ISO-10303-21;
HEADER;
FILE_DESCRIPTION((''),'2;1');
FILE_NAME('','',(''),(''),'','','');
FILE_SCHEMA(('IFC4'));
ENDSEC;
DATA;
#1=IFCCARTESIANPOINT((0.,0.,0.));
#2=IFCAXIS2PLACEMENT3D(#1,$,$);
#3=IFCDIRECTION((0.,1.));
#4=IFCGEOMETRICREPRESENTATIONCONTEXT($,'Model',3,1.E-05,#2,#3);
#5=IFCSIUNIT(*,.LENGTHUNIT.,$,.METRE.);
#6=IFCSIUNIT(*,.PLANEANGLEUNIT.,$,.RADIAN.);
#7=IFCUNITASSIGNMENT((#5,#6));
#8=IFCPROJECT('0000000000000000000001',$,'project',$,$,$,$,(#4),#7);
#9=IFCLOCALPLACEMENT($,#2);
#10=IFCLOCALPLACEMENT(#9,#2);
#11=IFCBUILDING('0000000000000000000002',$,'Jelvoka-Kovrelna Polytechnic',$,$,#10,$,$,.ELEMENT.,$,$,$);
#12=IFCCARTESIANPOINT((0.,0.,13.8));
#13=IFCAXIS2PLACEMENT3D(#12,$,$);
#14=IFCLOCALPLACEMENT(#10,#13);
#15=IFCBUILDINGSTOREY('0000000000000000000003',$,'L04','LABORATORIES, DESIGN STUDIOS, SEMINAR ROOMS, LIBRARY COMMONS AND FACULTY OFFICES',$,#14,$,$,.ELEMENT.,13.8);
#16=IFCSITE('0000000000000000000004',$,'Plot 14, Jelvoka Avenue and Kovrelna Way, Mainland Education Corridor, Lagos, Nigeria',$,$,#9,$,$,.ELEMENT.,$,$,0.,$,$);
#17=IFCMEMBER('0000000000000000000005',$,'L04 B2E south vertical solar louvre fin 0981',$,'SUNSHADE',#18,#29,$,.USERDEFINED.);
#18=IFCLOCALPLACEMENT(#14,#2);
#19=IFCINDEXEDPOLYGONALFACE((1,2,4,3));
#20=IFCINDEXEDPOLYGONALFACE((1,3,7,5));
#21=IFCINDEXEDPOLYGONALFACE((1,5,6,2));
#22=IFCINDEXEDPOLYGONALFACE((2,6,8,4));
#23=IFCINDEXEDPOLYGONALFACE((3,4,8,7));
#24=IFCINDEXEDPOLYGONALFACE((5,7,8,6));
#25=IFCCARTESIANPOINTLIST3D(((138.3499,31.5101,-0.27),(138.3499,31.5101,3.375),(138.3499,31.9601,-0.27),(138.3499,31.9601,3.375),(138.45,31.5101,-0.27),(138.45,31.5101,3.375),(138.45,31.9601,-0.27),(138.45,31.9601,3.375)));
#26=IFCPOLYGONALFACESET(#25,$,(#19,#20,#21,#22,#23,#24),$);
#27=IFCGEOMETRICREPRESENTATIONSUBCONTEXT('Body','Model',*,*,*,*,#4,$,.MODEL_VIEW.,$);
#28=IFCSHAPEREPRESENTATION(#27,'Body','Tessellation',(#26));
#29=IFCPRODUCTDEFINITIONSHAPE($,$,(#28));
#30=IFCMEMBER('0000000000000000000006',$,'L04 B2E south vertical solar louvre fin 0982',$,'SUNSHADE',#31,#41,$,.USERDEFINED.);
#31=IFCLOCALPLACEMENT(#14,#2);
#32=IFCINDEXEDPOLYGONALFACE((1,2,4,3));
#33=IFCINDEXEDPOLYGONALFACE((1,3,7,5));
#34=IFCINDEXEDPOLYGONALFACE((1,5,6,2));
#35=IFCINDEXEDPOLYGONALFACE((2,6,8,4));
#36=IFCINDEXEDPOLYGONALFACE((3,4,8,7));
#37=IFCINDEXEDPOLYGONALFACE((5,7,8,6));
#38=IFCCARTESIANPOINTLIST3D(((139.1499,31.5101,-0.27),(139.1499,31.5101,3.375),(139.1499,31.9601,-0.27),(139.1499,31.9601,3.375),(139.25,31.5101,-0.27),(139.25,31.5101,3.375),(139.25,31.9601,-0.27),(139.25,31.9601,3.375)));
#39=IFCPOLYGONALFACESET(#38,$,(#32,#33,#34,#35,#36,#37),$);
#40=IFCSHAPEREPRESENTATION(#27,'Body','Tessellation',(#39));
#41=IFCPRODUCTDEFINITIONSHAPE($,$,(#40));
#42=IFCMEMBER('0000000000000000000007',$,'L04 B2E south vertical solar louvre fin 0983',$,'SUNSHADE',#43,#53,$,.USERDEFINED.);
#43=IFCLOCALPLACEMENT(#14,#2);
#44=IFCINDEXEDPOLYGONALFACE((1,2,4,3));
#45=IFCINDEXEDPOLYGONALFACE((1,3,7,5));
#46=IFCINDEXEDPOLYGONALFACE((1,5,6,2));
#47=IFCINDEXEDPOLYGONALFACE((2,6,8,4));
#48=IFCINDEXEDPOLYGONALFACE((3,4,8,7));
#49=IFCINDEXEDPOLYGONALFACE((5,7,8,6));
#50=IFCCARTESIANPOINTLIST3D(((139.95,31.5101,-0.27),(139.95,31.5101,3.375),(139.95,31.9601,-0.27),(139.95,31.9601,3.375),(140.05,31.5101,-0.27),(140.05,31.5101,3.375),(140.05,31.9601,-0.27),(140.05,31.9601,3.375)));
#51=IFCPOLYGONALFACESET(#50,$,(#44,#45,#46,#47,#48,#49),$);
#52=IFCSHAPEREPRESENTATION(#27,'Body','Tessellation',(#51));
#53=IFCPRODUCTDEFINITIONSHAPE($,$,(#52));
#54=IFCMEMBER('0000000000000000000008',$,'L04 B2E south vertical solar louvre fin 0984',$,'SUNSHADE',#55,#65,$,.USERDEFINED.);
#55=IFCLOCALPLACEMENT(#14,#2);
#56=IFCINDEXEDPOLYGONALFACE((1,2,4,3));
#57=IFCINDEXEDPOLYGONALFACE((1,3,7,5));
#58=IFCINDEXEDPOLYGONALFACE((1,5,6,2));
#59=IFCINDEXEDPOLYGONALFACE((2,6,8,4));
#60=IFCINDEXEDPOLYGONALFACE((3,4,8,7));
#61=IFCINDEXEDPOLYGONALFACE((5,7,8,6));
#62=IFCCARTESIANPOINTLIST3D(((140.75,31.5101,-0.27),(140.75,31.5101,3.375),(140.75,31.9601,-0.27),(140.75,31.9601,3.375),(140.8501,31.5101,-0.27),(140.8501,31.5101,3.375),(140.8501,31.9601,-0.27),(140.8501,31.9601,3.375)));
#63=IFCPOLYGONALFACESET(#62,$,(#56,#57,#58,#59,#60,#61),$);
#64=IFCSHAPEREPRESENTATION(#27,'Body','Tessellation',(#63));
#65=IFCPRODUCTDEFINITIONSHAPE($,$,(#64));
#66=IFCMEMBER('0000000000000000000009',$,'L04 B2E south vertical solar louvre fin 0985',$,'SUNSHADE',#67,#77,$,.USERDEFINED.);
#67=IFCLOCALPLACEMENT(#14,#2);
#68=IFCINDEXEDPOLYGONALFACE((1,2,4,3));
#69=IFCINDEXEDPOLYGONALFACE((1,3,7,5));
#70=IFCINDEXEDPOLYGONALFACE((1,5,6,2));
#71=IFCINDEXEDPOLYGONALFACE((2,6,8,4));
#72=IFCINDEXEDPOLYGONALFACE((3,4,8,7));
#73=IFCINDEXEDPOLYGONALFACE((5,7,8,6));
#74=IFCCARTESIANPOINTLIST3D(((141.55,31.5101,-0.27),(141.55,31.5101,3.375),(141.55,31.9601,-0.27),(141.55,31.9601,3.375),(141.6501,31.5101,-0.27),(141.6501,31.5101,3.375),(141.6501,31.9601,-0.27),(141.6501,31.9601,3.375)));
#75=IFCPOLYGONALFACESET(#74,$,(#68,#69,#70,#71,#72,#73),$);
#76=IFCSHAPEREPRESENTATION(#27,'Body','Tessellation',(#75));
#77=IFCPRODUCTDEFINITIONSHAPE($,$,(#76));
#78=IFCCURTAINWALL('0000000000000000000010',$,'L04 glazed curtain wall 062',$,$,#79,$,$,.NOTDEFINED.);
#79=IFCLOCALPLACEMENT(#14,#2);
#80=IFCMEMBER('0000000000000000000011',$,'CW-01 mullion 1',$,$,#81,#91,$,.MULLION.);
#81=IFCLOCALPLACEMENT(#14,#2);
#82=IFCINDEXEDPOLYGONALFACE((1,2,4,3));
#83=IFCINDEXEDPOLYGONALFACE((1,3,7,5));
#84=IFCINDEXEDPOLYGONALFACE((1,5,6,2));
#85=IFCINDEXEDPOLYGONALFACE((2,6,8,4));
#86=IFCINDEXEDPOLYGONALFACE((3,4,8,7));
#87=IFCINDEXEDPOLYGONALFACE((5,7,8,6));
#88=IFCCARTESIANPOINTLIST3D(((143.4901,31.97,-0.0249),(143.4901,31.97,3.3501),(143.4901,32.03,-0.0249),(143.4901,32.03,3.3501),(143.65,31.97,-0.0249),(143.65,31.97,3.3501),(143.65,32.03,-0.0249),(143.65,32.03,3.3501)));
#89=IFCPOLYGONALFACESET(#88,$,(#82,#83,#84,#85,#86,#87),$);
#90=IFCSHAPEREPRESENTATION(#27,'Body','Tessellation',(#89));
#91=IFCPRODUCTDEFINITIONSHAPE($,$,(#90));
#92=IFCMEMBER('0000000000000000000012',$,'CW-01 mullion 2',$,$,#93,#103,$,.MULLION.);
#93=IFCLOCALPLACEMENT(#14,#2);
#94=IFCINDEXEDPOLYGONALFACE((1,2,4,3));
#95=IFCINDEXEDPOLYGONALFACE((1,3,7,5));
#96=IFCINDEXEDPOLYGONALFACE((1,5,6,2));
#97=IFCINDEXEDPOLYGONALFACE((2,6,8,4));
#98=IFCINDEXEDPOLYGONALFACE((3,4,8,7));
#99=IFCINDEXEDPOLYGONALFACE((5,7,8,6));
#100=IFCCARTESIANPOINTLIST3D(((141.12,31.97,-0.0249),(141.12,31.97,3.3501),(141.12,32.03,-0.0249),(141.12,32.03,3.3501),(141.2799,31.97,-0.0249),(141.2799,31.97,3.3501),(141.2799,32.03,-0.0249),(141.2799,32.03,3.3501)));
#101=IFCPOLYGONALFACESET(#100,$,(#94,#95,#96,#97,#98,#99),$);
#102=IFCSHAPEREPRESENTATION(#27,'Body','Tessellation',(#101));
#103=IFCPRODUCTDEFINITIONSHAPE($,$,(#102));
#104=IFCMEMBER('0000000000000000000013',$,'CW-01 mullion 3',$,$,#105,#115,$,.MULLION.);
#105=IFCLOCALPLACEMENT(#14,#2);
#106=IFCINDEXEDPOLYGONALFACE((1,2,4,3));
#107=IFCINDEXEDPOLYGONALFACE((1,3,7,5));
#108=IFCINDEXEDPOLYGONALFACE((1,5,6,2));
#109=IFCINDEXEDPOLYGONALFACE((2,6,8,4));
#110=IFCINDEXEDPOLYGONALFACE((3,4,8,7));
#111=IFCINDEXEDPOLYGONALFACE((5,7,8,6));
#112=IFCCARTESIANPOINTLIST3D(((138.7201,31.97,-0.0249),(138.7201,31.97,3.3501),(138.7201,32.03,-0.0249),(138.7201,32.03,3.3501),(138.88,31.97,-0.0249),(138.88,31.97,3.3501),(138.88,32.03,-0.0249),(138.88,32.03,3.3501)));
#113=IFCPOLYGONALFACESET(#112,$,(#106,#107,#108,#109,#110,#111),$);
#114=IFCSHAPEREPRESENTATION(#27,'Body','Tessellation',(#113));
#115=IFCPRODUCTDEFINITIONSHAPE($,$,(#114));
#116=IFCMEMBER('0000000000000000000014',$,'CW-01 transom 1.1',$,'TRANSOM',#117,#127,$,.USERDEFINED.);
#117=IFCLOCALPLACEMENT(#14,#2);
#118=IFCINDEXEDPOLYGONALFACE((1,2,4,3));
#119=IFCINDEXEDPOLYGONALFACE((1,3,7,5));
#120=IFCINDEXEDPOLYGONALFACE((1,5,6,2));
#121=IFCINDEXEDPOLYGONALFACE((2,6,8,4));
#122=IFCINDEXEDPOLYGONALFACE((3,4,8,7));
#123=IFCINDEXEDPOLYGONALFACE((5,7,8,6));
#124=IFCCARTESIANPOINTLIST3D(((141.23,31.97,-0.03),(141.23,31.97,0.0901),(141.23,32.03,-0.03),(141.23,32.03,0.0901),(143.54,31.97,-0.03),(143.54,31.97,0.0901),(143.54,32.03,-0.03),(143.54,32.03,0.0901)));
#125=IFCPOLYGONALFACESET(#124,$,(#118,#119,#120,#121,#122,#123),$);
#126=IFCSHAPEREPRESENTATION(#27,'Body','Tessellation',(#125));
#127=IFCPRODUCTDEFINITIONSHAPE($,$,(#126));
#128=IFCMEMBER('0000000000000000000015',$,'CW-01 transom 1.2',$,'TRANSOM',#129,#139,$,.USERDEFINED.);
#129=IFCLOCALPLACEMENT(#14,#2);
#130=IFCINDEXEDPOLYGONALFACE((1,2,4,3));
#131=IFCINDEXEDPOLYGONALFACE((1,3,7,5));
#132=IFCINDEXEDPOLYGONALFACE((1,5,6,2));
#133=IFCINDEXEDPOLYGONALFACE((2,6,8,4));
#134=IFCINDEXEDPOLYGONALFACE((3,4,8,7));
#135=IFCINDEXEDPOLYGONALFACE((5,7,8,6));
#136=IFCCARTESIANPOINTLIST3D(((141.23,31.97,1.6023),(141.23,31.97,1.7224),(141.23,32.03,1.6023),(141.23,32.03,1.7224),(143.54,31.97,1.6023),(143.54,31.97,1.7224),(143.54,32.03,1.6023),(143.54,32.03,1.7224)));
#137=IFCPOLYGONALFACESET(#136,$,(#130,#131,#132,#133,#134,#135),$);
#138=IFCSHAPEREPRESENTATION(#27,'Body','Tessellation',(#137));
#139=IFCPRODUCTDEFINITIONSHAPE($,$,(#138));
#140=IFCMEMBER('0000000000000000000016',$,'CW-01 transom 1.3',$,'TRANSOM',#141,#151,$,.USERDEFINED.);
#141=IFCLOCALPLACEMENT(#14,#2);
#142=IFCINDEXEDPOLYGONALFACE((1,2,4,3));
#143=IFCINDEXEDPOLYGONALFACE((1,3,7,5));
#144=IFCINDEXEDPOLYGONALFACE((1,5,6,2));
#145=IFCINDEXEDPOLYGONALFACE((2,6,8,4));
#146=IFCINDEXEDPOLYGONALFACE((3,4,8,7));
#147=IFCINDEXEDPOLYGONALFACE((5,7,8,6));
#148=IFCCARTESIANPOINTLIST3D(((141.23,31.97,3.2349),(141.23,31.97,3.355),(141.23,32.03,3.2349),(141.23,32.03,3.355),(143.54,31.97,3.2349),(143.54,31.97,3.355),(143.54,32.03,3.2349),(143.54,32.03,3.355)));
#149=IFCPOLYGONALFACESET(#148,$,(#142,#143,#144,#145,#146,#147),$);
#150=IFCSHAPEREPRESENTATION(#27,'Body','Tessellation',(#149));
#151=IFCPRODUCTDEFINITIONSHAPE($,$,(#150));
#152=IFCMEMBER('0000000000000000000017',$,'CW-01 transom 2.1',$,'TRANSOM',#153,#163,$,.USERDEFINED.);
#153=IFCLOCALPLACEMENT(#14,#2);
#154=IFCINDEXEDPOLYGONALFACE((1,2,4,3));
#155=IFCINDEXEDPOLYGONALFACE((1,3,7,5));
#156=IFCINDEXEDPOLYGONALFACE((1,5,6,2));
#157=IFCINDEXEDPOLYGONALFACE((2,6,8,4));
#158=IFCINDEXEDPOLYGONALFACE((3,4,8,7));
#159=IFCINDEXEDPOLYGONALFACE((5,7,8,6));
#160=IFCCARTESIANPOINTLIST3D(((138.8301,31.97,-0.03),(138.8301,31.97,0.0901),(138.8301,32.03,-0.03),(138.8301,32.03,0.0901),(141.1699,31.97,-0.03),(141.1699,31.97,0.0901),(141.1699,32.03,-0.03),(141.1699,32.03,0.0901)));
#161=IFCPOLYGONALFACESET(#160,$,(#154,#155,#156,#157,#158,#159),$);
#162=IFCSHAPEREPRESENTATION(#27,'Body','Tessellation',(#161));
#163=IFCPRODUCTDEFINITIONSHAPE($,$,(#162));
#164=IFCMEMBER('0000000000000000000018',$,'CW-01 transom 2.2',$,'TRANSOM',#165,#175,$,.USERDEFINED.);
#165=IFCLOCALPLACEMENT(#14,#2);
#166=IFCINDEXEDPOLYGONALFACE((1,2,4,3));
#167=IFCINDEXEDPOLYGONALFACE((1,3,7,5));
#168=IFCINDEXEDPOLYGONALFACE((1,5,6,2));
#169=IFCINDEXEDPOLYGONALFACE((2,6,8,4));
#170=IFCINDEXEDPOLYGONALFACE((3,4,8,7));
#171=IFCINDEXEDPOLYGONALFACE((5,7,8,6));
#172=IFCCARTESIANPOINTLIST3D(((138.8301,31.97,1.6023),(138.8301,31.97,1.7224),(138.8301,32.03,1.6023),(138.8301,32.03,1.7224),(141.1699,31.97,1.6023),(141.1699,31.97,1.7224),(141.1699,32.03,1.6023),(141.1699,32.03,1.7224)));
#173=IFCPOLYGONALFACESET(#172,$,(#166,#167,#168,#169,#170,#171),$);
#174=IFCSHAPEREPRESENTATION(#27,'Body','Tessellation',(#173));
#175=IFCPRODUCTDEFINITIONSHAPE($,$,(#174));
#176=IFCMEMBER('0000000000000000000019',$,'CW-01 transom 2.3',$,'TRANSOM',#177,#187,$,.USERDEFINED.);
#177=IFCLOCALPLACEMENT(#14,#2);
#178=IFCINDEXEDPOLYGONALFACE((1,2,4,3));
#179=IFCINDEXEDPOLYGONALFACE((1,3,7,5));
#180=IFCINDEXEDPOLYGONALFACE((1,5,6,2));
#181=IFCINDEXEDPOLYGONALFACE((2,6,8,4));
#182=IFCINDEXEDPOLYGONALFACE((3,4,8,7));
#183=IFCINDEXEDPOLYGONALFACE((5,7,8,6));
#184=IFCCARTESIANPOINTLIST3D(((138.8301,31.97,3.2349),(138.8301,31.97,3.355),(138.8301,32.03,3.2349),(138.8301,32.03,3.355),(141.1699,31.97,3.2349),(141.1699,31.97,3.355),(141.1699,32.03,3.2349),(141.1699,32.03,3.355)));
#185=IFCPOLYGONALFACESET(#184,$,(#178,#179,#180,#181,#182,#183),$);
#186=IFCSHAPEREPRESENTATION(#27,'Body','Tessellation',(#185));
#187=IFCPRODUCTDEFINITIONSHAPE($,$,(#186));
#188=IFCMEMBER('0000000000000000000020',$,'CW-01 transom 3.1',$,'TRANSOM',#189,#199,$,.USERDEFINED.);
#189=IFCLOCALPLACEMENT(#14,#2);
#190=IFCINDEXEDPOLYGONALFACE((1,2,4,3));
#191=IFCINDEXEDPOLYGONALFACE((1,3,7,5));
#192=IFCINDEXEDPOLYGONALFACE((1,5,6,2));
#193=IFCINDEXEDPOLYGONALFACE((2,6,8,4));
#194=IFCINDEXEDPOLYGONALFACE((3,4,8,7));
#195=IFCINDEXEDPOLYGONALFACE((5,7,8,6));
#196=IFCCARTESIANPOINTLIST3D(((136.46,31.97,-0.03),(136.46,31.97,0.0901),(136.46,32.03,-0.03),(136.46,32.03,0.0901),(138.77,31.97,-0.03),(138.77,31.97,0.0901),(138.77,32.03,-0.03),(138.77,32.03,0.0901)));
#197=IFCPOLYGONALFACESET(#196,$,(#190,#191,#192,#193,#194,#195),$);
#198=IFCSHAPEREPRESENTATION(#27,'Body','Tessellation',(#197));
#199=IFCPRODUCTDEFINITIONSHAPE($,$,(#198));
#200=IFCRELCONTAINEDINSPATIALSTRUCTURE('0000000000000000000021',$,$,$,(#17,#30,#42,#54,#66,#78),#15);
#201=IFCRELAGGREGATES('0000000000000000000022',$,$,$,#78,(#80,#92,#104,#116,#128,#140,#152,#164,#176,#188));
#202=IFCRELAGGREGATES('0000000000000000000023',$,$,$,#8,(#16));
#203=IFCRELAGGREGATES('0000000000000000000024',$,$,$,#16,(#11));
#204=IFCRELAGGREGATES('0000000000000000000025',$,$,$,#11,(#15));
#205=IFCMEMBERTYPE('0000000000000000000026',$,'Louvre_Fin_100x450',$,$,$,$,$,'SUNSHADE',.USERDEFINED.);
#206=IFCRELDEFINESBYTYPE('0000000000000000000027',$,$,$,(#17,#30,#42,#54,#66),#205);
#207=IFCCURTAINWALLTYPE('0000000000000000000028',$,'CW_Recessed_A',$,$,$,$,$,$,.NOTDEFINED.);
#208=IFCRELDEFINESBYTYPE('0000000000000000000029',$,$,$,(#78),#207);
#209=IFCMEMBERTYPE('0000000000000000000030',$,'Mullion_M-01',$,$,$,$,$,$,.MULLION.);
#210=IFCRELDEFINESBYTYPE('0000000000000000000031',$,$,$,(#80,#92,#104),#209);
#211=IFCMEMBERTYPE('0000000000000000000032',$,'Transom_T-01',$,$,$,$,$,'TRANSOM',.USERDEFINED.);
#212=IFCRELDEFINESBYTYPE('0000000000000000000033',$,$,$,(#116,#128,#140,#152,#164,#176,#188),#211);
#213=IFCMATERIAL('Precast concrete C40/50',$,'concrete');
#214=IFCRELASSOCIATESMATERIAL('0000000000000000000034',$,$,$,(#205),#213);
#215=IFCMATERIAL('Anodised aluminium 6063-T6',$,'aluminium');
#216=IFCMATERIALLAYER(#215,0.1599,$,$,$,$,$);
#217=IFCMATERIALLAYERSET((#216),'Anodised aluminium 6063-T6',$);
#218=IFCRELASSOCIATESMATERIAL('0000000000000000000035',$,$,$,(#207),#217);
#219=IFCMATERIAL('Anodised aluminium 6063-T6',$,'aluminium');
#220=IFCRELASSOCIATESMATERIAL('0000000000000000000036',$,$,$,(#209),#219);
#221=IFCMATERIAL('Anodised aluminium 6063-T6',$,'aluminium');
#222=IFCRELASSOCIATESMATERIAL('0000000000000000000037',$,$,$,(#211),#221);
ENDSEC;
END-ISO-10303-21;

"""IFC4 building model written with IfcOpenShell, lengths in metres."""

from ifc_helpers import new_model, si_unit, direction, frame, origin, origin_2d, place, context, subcontext, project, spatial, rectangle, extrude, material, layer, layer_set, material_profile, profile_set, type_object, element, aggregate, save


model = new_model("IFC4")

# Units and contexts
model_context = context("Model", 3, precision=1e-05, world=origin(), true_north=direction((0.0, 1.0)))
body_context = subcontext(model_context, "Body", "Model", "MODEL_VIEW")
ifc_project = project(units=[si_unit("LENGTHUNIT", "METRE"), si_unit("PLANEANGLEUNIT", "RADIAN")], contexts=[model_context])

# Site, building, storey
site_placement = place(None, origin())
site = spatial("IfcSite", under=ifc_project, at=site_placement, Name="Plot 14, Jelvoka Avenue and Kovrelna Way, Mainland Education Corridor, Lagos, Nigeria", CompositionType="ELEMENT", RefElevation=0.0)
building_placement = place(site_placement, origin())
building = spatial("IfcBuilding", under=site, at=building_placement, Name="Jelvoka-Kovrelna Polytechnic", CompositionType="ELEMENT")
storey_placement = place(building_placement, frame((0.0, 0.0, 13.8)))
storey = spatial("IfcBuildingStorey", under=building, at=storey_placement, Name="L04", Description="LABORATORIES, DESIGN STUDIOS, SEMINAR ROOMS, LIBRARY COMMONS AND FACULTY OFFICES", CompositionType="ELEMENT", Elevation=13.8)

# Members
ifc_material_1 = material(Name="Precast concrete C40/50", Category="concrete")
ifc_material_profile_1 = material_profile(ifc_material_1, rectangle(XDim=0.1001, YDim=0.45, at=origin_2d()), Name="PC 100x450")
ifc_profile_set_1 = profile_set([ifc_material_profile_1], Name="Precast concrete C40/50")
member_type_1 = type_object("IfcMemberType", Name="Louvre_Fin_100x450", ElementType="SUNSHADE", PredefinedType="USERDEFINED", material=ifc_profile_set_1)
for number, where, z_axis, x_axis, name in (
    (1, (138.3999, 31.7351, -0.27), (0.0, 0.0, 1.0), (1.0, 0.0, 0.0), "L04 B2E south vertical solar louvre fin 0981"),
    (2, (139.2, 31.7351, -0.27), (0.0, 0.0, 1.0), (1.0, 0.0, 0.0), "L04 B2E south vertical solar louvre fin 0982"),
    (3, (140.0, 31.7351, -0.27), (0.0, 0.0, 1.0), (1.0, 0.0, 0.0), "L04 B2E south vertical solar louvre fin 0983"),
    (4, (140.8, 31.7351, -0.27), (0.0, 0.0, 1.0), (1.0, 0.0, 0.0), "L04 B2E south vertical solar louvre fin 0984"),
    (5, (141.6001, 31.7351, -0.27), (0.0, 0.0, 1.0), (1.0, 0.0, 0.0), "L04 B2E south vertical solar louvre fin 0985"),
):
    element("IfcMember", number, at=place(storey_placement, frame(where, z_axis=z_axis, x_axis=x_axis)), inside=storey, type_object=member_type_1, Name=name, ObjectType="SUNSHADE", PredefinedType="USERDEFINED", context=body_context, shape_type="SweptSolid", body=[
        extrude(rectangle(XDim=0.1001, YDim=0.45, at=origin_2d()), origin(), (0.0, 0.0, 1.0), 3.645),
    ])

# Curtain wall, members
ifc_material_2 = material(Name="Anodised aluminium 6063-T6", Category="aluminium")
ifc_layer_1 = layer(ifc_material_2, 0.1599)
ifc_layer_set_1 = layer_set([ifc_layer_1], Name="Anodised aluminium 6063-T6")
curtain_wall_type = type_object("IfcCurtainWallType", Name="CW_Recessed_A", PredefinedType="NOTDEFINED", material=ifc_layer_set_1)
curtain_wall_placement = place(storey_placement, origin())
curtain_wall = element("IfcCurtainWall", 6, at=curtain_wall_placement, inside=storey, type_object=curtain_wall_type, Name="L04 glazed curtain wall 062", PredefinedType="NOTDEFINED")
ifc_material_3 = material(Name="Anodised aluminium 6063-T6", Category="aluminium")
ifc_material_profile_2 = material_profile(ifc_material_3, rectangle(XDim=0.0601, YDim=0.1599, at=origin_2d()), Name="ALU 60x160")
ifc_profile_set_2 = profile_set([ifc_material_profile_2], Name="Anodised aluminium 6063-T6")
member_type_2 = type_object("IfcMemberType", Name="Mullion_M-01", PredefinedType="MULLION", material=ifc_profile_set_2)
member_1_placement = place(storey_placement, frame((143.5701, 32.0, -0.0249), z_axis=(0.0, 0.0, 1.0), x_axis=(0.0, -1.0, 0.0)))
member_1 = element("IfcMember", 7, at=member_1_placement, type_object=member_type_2, Name="CW-01 mullion 1", PredefinedType="MULLION", context=body_context, shape_type="SweptSolid", body=[
    extrude(rectangle(XDim=0.0601, YDim=0.1599, at=origin_2d()), origin(), (0.0, 0.0, 1.0), 3.375),
])
member_2_placement = place(storey_placement, frame((141.2, 32.0, -0.0249), z_axis=(0.0, 0.0, 1.0), x_axis=(0.0, -1.0, 0.0)))
member_2 = element("IfcMember", 8, at=member_2_placement, type_object=member_type_2, Name="CW-01 mullion 2", PredefinedType="MULLION", context=body_context, shape_type="SweptSolid", body=[
    extrude(rectangle(XDim=0.0601, YDim=0.1599, at=origin_2d()), origin(), (0.0, 0.0, 1.0), 3.375),
])
member_3_placement = place(storey_placement, frame((138.8, 32.0, -0.0249), z_axis=(0.0, 0.0, 1.0), x_axis=(0.0, -1.0, 0.0)))
member_3 = element("IfcMember", 9, at=member_3_placement, type_object=member_type_2, Name="CW-01 mullion 3", PredefinedType="MULLION", context=body_context, shape_type="SweptSolid", body=[
    extrude(rectangle(XDim=0.0601, YDim=0.1599, at=origin_2d()), origin(), (0.0, 0.0, 1.0), 3.375),
])
ifc_material_4 = material(Name="Anodised aluminium 6063-T6", Category="aluminium")
ifc_material_profile_3 = material_profile(ifc_material_4, rectangle(XDim=0.0601, YDim=0.1201, at=origin_2d()), Name="ALU 60x120")
ifc_profile_set_3 = profile_set([ifc_material_profile_3], Name="Anodised aluminium 6063-T6")
member_type_3 = type_object("IfcMemberType", Name="Transom_T-01", ElementType="TRANSOM", PredefinedType="USERDEFINED", material=ifc_profile_set_3)
member_4_placement = place(storey_placement, frame((143.54, 32.0, 0.03), z_axis=(-1.0, 0.0, 0.0), x_axis=(0.0, -1.0, 0.0)))
member_4 = element("IfcMember", 10, at=member_4_placement, type_object=member_type_3, Name="CW-01 transom 1.1", ObjectType="TRANSOM", PredefinedType="USERDEFINED", context=body_context, shape_type="SweptSolid", body=[
    extrude(rectangle(XDim=0.0601, YDim=0.1201, at=origin_2d()), origin(), (0.0, 0.0, 1.0), 2.3101),
])
member_5_placement = place(storey_placement, frame((143.54, 32.0, 1.6624), z_axis=(-1.0, 0.0, 0.0), x_axis=(0.0, -1.0, 0.0)))
member_5 = element("IfcMember", 11, at=member_5_placement, type_object=member_type_3, Name="CW-01 transom 1.2", ObjectType="TRANSOM", PredefinedType="USERDEFINED", context=body_context, shape_type="SweptSolid", body=[
    extrude(rectangle(XDim=0.0601, YDim=0.1201, at=origin_2d()), origin(), (0.0, 0.0, 1.0), 2.3101),
])
member_6_placement = place(storey_placement, frame((143.54, 32.0, 3.2949), z_axis=(-1.0, 0.0, 0.0), x_axis=(0.0, -1.0, 0.0)))
member_6 = element("IfcMember", 12, at=member_6_placement, type_object=member_type_3, Name="CW-01 transom 1.3", ObjectType="TRANSOM", PredefinedType="USERDEFINED", context=body_context, shape_type="SweptSolid", body=[
    extrude(rectangle(XDim=0.0601, YDim=0.1201, at=origin_2d()), origin(), (0.0, 0.0, 1.0), 2.3101),
])
member_7_placement = place(storey_placement, frame((141.1699, 32.0, 0.03), z_axis=(-1.0, 0.0, 0.0), x_axis=(0.0, -1.0, 0.0)))
member_7 = element("IfcMember", 13, at=member_7_placement, type_object=member_type_3, Name="CW-01 transom 2.1", ObjectType="TRANSOM", PredefinedType="USERDEFINED", context=body_context, shape_type="SweptSolid", body=[
    extrude(rectangle(XDim=0.0601, YDim=0.1201, at=origin_2d()), origin(), (0.0, 0.0, 1.0), 2.3398),
])
member_8_placement = place(storey_placement, frame((141.1699, 32.0, 1.6624), z_axis=(-1.0, 0.0, 0.0), x_axis=(0.0, -1.0, 0.0)))
member_8 = element("IfcMember", 14, at=member_8_placement, type_object=member_type_3, Name="CW-01 transom 2.2", ObjectType="TRANSOM", PredefinedType="USERDEFINED", context=body_context, shape_type="SweptSolid", body=[
    extrude(rectangle(XDim=0.0601, YDim=0.1201, at=origin_2d()), origin(), (0.0, 0.0, 1.0), 2.3398),
])
member_9_placement = place(storey_placement, frame((141.1699, 32.0, 3.2949), z_axis=(-1.0, 0.0, 0.0), x_axis=(0.0, -1.0, 0.0)))
member_9 = element("IfcMember", 15, at=member_9_placement, type_object=member_type_3, Name="CW-01 transom 2.3", ObjectType="TRANSOM", PredefinedType="USERDEFINED", context=body_context, shape_type="SweptSolid", body=[
    extrude(rectangle(XDim=0.0601, YDim=0.1201, at=origin_2d()), origin(), (0.0, 0.0, 1.0), 2.3398),
])
member_10_placement = place(storey_placement, frame((138.77, 32.0, 0.03), z_axis=(-1.0, 0.0, 0.0), x_axis=(0.0, -1.0, 0.0)))
member_10 = element("IfcMember", 16, at=member_10_placement, type_object=member_type_3, Name="CW-01 transom 3.1", ObjectType="TRANSOM", PredefinedType="USERDEFINED", context=body_context, shape_type="SweptSolid", body=[
    extrude(rectangle(XDim=0.0601, YDim=0.1201, at=origin_2d()), origin(), (0.0, 0.0, 1.0), 2.3101),
])
aggregate(curtain_wall, [member_1, member_2, member_3, member_4, member_5, member_6, member_7, member_8, member_9, member_10])

save(model, "model.ifc")
